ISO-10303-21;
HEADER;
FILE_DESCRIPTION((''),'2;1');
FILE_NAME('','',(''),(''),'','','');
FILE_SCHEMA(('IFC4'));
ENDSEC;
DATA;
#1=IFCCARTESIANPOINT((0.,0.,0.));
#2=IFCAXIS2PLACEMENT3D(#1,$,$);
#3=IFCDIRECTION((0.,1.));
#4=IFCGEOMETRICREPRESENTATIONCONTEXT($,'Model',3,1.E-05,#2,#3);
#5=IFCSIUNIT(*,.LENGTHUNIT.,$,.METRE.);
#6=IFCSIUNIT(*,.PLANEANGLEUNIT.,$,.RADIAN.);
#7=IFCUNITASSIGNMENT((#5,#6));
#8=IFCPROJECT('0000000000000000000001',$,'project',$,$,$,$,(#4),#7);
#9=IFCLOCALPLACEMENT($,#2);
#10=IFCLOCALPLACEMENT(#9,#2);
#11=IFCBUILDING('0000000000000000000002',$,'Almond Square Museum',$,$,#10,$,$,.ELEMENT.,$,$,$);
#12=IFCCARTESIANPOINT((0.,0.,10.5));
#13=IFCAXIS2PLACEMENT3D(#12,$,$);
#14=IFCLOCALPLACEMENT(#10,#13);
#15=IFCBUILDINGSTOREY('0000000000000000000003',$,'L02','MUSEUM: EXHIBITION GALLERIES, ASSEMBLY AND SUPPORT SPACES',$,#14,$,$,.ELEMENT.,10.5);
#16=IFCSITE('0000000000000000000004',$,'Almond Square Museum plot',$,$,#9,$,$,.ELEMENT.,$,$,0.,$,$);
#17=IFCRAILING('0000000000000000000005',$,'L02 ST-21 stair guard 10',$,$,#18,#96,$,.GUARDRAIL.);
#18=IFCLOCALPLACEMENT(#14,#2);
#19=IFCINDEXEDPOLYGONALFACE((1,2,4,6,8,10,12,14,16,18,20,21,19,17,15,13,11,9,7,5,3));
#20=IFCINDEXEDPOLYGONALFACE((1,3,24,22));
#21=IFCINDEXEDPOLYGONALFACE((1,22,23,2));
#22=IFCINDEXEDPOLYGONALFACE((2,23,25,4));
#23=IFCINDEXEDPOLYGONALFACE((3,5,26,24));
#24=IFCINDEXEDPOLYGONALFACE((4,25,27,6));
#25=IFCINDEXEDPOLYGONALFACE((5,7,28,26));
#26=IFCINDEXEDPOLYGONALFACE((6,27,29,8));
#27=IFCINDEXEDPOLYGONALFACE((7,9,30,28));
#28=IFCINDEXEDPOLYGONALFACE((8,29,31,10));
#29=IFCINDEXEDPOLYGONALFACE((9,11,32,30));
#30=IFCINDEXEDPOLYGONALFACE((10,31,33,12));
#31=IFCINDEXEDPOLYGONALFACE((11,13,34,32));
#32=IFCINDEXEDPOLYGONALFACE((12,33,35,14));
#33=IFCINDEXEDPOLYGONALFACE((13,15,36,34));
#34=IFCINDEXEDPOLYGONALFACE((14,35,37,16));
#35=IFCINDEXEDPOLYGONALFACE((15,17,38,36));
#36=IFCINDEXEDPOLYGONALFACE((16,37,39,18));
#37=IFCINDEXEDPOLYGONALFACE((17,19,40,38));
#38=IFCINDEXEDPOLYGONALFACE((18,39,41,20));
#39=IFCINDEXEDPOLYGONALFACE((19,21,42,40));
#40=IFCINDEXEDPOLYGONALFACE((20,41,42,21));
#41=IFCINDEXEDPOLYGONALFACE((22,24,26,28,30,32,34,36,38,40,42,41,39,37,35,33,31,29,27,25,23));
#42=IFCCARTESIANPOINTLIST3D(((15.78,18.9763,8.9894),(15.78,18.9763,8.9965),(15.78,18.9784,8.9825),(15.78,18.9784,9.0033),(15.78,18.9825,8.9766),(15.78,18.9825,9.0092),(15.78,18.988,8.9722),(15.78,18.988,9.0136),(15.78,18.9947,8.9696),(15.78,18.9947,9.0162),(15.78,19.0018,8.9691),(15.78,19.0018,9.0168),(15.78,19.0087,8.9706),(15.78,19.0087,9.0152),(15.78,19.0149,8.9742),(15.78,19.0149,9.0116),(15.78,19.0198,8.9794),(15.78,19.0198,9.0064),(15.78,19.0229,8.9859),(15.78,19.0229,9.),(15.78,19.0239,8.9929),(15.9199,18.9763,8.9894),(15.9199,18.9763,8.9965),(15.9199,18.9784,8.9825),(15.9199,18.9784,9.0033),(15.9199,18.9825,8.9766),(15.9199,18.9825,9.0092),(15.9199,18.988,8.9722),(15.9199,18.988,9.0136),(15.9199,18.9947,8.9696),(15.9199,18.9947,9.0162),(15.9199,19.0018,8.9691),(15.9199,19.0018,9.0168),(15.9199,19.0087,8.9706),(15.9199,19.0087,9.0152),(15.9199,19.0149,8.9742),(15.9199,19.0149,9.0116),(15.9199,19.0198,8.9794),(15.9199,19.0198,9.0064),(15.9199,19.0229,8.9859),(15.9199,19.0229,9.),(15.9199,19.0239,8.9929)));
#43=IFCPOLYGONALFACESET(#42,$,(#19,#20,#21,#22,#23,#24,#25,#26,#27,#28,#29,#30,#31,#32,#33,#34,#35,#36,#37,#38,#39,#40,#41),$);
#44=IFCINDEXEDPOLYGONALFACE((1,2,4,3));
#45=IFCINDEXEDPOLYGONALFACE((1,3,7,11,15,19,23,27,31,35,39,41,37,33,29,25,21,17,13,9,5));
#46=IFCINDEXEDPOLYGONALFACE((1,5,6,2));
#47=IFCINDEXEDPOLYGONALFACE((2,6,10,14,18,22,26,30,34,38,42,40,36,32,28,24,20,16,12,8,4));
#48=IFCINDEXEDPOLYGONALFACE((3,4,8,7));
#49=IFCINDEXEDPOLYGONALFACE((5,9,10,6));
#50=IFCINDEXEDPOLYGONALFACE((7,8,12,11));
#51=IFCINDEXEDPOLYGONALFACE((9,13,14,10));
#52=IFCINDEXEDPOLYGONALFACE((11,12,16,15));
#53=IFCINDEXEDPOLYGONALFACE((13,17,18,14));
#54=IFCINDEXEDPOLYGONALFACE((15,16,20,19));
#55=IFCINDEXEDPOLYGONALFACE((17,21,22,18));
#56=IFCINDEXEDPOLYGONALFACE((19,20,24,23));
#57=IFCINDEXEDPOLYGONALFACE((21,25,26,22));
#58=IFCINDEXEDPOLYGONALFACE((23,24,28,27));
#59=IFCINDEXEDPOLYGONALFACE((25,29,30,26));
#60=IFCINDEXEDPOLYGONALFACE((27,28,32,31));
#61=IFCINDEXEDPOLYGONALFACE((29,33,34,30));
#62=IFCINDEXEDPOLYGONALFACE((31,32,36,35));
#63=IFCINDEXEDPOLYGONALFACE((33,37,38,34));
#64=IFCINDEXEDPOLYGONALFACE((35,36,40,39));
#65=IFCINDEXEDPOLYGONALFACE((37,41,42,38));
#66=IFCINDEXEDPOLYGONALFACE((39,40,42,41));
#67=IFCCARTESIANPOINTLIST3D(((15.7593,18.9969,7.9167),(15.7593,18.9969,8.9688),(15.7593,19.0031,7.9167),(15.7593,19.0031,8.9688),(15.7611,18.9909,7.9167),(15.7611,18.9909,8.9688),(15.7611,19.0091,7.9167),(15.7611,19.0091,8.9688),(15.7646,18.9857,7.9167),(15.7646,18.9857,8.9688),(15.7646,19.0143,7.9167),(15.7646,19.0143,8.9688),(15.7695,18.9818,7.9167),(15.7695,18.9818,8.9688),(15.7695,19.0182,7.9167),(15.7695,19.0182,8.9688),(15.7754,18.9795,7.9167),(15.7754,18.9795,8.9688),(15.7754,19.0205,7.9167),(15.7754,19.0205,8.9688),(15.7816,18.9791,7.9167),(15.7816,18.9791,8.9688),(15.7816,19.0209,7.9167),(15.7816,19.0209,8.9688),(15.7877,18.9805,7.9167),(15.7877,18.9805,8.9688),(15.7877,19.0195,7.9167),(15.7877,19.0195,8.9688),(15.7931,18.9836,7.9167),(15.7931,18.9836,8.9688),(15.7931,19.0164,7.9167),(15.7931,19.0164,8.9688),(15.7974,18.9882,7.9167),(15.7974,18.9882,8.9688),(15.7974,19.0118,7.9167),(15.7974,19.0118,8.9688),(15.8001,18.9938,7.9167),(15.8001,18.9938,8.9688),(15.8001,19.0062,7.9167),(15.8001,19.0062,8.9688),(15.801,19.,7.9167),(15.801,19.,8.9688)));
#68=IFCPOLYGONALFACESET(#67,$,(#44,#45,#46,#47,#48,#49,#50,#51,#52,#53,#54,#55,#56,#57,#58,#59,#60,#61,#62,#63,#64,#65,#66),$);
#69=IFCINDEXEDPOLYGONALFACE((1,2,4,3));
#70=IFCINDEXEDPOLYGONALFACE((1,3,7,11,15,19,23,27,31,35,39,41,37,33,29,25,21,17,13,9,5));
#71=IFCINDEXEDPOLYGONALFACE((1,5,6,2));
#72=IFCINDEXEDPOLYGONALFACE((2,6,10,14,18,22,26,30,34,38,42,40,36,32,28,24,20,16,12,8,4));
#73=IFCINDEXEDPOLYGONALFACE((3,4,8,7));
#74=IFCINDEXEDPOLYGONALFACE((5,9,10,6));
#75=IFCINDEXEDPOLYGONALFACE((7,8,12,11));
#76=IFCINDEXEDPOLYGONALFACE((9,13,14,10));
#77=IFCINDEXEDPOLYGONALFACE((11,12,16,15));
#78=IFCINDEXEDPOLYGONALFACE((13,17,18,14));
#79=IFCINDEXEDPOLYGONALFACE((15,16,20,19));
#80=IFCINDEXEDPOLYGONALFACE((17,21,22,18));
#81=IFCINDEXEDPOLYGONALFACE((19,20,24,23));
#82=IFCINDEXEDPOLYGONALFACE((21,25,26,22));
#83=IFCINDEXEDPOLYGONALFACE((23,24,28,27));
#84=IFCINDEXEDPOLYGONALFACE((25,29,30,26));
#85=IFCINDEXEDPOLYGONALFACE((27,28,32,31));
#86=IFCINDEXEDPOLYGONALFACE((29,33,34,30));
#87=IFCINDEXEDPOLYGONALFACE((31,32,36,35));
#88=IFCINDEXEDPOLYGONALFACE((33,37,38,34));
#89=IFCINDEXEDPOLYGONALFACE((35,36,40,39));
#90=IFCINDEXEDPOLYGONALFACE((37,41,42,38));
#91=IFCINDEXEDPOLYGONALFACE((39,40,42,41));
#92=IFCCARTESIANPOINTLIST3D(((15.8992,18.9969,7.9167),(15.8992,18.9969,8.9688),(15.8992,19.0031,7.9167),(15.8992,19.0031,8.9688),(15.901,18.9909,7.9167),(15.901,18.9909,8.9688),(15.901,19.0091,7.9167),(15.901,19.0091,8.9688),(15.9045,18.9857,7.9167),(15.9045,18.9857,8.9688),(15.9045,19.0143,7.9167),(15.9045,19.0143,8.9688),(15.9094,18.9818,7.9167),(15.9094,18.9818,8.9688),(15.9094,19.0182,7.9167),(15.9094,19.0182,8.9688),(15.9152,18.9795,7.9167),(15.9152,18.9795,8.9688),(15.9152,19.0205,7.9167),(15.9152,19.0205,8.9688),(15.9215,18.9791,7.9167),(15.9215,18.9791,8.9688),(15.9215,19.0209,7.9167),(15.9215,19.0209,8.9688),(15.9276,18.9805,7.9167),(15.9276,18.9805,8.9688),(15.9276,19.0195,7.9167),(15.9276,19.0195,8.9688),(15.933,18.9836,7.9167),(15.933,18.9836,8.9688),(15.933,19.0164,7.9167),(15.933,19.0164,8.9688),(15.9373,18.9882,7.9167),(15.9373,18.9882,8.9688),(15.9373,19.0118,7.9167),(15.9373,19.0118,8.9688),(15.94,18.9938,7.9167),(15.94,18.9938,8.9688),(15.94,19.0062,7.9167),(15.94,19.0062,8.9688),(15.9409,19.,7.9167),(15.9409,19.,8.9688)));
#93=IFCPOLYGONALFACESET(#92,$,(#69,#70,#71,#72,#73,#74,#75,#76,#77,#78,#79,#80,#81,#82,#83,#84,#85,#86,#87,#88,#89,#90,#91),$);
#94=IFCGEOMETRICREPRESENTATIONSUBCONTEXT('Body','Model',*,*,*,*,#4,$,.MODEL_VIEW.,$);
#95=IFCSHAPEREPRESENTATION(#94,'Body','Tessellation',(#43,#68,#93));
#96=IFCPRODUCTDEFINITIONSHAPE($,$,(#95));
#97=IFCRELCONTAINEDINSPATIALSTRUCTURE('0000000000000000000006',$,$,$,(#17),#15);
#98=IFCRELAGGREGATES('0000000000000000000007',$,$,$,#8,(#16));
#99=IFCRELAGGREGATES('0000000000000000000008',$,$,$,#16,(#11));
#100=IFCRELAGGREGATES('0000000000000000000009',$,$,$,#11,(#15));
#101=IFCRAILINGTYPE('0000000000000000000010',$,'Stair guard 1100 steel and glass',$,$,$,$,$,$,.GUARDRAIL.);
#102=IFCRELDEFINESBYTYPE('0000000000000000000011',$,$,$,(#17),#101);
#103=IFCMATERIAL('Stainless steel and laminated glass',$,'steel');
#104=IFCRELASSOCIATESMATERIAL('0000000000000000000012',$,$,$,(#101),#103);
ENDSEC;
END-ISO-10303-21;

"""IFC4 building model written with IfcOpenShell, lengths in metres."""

from ifc_helpers import new_model, si_unit, direction, frame, origin, origin_2d, place, context, subcontext, project, spatial, circle, extrude, material, type_object, element, save


model = new_model("IFC4")

# Units and contexts
model_context = context("Model", 3, precision=1e-05, world=origin(), true_north=direction((0.0, 1.0)))
body_context = subcontext(model_context, "Body", "Model", "MODEL_VIEW")
ifc_project = project(units=[si_unit("LENGTHUNIT", "METRE"), si_unit("PLANEANGLEUNIT", "RADIAN")], contexts=[model_context])

# Site, building, storey
site_placement = place(None, origin())
site = spatial("IfcSite", under=ifc_project, at=site_placement, Name="Almond Square Museum plot", CompositionType="ELEMENT", RefElevation=0.0)
building_placement = place(site_placement, origin())
building = spatial("IfcBuilding", under=site, at=building_placement, Name="Almond Square Museum", CompositionType="ELEMENT")
storey_placement = place(building_placement, frame((0.0, 0.0, 10.5)))
storey = spatial("IfcBuildingStorey", under=building, at=storey_placement, Name="L02", Description="MUSEUM: EXHIBITION GALLERIES, ASSEMBLY AND SUPPORT SPACES", CompositionType="ELEMENT", Elevation=10.5)

# Railing
ifc_material_1 = material(Name="Stainless steel and laminated glass", Category="steel")
railing_type_1 = type_object("IfcRailingType", Name="Stair guard 1100 steel and glass", PredefinedType="GUARDRAIL", material=ifc_material_1)
railing_1_placement = place(storey_placement, frame((15.78, 19.0, 7.9167)))
element("IfcRailing", 1, at=railing_1_placement, inside=storey, type_object=railing_type_1, Name="L02 ST-21 stair guard 10", PredefinedType="GUARDRAIL", context=body_context, shape_type="SweptSolid", body=[
    extrude(circle(Radius=0.0239, at=origin_2d()), frame((0.0, 0.0, 1.0762), z_axis=(1.0, 0.0, 0.0), x_axis=(0.0, 1.0, 0.0)), (0.0, 0.0, 1.0), 0.1399),
    extrude(circle(Radius=0.021, at=origin_2d()), origin(), (0.0, 0.0, 1.0), 1.052),
    extrude(circle(Radius=0.021, at=origin_2d()), frame((0.1399, 0.0, 0.0)), (0.0, 0.0, 1.0), 1.052),
])

save(model, "model.ifc")
